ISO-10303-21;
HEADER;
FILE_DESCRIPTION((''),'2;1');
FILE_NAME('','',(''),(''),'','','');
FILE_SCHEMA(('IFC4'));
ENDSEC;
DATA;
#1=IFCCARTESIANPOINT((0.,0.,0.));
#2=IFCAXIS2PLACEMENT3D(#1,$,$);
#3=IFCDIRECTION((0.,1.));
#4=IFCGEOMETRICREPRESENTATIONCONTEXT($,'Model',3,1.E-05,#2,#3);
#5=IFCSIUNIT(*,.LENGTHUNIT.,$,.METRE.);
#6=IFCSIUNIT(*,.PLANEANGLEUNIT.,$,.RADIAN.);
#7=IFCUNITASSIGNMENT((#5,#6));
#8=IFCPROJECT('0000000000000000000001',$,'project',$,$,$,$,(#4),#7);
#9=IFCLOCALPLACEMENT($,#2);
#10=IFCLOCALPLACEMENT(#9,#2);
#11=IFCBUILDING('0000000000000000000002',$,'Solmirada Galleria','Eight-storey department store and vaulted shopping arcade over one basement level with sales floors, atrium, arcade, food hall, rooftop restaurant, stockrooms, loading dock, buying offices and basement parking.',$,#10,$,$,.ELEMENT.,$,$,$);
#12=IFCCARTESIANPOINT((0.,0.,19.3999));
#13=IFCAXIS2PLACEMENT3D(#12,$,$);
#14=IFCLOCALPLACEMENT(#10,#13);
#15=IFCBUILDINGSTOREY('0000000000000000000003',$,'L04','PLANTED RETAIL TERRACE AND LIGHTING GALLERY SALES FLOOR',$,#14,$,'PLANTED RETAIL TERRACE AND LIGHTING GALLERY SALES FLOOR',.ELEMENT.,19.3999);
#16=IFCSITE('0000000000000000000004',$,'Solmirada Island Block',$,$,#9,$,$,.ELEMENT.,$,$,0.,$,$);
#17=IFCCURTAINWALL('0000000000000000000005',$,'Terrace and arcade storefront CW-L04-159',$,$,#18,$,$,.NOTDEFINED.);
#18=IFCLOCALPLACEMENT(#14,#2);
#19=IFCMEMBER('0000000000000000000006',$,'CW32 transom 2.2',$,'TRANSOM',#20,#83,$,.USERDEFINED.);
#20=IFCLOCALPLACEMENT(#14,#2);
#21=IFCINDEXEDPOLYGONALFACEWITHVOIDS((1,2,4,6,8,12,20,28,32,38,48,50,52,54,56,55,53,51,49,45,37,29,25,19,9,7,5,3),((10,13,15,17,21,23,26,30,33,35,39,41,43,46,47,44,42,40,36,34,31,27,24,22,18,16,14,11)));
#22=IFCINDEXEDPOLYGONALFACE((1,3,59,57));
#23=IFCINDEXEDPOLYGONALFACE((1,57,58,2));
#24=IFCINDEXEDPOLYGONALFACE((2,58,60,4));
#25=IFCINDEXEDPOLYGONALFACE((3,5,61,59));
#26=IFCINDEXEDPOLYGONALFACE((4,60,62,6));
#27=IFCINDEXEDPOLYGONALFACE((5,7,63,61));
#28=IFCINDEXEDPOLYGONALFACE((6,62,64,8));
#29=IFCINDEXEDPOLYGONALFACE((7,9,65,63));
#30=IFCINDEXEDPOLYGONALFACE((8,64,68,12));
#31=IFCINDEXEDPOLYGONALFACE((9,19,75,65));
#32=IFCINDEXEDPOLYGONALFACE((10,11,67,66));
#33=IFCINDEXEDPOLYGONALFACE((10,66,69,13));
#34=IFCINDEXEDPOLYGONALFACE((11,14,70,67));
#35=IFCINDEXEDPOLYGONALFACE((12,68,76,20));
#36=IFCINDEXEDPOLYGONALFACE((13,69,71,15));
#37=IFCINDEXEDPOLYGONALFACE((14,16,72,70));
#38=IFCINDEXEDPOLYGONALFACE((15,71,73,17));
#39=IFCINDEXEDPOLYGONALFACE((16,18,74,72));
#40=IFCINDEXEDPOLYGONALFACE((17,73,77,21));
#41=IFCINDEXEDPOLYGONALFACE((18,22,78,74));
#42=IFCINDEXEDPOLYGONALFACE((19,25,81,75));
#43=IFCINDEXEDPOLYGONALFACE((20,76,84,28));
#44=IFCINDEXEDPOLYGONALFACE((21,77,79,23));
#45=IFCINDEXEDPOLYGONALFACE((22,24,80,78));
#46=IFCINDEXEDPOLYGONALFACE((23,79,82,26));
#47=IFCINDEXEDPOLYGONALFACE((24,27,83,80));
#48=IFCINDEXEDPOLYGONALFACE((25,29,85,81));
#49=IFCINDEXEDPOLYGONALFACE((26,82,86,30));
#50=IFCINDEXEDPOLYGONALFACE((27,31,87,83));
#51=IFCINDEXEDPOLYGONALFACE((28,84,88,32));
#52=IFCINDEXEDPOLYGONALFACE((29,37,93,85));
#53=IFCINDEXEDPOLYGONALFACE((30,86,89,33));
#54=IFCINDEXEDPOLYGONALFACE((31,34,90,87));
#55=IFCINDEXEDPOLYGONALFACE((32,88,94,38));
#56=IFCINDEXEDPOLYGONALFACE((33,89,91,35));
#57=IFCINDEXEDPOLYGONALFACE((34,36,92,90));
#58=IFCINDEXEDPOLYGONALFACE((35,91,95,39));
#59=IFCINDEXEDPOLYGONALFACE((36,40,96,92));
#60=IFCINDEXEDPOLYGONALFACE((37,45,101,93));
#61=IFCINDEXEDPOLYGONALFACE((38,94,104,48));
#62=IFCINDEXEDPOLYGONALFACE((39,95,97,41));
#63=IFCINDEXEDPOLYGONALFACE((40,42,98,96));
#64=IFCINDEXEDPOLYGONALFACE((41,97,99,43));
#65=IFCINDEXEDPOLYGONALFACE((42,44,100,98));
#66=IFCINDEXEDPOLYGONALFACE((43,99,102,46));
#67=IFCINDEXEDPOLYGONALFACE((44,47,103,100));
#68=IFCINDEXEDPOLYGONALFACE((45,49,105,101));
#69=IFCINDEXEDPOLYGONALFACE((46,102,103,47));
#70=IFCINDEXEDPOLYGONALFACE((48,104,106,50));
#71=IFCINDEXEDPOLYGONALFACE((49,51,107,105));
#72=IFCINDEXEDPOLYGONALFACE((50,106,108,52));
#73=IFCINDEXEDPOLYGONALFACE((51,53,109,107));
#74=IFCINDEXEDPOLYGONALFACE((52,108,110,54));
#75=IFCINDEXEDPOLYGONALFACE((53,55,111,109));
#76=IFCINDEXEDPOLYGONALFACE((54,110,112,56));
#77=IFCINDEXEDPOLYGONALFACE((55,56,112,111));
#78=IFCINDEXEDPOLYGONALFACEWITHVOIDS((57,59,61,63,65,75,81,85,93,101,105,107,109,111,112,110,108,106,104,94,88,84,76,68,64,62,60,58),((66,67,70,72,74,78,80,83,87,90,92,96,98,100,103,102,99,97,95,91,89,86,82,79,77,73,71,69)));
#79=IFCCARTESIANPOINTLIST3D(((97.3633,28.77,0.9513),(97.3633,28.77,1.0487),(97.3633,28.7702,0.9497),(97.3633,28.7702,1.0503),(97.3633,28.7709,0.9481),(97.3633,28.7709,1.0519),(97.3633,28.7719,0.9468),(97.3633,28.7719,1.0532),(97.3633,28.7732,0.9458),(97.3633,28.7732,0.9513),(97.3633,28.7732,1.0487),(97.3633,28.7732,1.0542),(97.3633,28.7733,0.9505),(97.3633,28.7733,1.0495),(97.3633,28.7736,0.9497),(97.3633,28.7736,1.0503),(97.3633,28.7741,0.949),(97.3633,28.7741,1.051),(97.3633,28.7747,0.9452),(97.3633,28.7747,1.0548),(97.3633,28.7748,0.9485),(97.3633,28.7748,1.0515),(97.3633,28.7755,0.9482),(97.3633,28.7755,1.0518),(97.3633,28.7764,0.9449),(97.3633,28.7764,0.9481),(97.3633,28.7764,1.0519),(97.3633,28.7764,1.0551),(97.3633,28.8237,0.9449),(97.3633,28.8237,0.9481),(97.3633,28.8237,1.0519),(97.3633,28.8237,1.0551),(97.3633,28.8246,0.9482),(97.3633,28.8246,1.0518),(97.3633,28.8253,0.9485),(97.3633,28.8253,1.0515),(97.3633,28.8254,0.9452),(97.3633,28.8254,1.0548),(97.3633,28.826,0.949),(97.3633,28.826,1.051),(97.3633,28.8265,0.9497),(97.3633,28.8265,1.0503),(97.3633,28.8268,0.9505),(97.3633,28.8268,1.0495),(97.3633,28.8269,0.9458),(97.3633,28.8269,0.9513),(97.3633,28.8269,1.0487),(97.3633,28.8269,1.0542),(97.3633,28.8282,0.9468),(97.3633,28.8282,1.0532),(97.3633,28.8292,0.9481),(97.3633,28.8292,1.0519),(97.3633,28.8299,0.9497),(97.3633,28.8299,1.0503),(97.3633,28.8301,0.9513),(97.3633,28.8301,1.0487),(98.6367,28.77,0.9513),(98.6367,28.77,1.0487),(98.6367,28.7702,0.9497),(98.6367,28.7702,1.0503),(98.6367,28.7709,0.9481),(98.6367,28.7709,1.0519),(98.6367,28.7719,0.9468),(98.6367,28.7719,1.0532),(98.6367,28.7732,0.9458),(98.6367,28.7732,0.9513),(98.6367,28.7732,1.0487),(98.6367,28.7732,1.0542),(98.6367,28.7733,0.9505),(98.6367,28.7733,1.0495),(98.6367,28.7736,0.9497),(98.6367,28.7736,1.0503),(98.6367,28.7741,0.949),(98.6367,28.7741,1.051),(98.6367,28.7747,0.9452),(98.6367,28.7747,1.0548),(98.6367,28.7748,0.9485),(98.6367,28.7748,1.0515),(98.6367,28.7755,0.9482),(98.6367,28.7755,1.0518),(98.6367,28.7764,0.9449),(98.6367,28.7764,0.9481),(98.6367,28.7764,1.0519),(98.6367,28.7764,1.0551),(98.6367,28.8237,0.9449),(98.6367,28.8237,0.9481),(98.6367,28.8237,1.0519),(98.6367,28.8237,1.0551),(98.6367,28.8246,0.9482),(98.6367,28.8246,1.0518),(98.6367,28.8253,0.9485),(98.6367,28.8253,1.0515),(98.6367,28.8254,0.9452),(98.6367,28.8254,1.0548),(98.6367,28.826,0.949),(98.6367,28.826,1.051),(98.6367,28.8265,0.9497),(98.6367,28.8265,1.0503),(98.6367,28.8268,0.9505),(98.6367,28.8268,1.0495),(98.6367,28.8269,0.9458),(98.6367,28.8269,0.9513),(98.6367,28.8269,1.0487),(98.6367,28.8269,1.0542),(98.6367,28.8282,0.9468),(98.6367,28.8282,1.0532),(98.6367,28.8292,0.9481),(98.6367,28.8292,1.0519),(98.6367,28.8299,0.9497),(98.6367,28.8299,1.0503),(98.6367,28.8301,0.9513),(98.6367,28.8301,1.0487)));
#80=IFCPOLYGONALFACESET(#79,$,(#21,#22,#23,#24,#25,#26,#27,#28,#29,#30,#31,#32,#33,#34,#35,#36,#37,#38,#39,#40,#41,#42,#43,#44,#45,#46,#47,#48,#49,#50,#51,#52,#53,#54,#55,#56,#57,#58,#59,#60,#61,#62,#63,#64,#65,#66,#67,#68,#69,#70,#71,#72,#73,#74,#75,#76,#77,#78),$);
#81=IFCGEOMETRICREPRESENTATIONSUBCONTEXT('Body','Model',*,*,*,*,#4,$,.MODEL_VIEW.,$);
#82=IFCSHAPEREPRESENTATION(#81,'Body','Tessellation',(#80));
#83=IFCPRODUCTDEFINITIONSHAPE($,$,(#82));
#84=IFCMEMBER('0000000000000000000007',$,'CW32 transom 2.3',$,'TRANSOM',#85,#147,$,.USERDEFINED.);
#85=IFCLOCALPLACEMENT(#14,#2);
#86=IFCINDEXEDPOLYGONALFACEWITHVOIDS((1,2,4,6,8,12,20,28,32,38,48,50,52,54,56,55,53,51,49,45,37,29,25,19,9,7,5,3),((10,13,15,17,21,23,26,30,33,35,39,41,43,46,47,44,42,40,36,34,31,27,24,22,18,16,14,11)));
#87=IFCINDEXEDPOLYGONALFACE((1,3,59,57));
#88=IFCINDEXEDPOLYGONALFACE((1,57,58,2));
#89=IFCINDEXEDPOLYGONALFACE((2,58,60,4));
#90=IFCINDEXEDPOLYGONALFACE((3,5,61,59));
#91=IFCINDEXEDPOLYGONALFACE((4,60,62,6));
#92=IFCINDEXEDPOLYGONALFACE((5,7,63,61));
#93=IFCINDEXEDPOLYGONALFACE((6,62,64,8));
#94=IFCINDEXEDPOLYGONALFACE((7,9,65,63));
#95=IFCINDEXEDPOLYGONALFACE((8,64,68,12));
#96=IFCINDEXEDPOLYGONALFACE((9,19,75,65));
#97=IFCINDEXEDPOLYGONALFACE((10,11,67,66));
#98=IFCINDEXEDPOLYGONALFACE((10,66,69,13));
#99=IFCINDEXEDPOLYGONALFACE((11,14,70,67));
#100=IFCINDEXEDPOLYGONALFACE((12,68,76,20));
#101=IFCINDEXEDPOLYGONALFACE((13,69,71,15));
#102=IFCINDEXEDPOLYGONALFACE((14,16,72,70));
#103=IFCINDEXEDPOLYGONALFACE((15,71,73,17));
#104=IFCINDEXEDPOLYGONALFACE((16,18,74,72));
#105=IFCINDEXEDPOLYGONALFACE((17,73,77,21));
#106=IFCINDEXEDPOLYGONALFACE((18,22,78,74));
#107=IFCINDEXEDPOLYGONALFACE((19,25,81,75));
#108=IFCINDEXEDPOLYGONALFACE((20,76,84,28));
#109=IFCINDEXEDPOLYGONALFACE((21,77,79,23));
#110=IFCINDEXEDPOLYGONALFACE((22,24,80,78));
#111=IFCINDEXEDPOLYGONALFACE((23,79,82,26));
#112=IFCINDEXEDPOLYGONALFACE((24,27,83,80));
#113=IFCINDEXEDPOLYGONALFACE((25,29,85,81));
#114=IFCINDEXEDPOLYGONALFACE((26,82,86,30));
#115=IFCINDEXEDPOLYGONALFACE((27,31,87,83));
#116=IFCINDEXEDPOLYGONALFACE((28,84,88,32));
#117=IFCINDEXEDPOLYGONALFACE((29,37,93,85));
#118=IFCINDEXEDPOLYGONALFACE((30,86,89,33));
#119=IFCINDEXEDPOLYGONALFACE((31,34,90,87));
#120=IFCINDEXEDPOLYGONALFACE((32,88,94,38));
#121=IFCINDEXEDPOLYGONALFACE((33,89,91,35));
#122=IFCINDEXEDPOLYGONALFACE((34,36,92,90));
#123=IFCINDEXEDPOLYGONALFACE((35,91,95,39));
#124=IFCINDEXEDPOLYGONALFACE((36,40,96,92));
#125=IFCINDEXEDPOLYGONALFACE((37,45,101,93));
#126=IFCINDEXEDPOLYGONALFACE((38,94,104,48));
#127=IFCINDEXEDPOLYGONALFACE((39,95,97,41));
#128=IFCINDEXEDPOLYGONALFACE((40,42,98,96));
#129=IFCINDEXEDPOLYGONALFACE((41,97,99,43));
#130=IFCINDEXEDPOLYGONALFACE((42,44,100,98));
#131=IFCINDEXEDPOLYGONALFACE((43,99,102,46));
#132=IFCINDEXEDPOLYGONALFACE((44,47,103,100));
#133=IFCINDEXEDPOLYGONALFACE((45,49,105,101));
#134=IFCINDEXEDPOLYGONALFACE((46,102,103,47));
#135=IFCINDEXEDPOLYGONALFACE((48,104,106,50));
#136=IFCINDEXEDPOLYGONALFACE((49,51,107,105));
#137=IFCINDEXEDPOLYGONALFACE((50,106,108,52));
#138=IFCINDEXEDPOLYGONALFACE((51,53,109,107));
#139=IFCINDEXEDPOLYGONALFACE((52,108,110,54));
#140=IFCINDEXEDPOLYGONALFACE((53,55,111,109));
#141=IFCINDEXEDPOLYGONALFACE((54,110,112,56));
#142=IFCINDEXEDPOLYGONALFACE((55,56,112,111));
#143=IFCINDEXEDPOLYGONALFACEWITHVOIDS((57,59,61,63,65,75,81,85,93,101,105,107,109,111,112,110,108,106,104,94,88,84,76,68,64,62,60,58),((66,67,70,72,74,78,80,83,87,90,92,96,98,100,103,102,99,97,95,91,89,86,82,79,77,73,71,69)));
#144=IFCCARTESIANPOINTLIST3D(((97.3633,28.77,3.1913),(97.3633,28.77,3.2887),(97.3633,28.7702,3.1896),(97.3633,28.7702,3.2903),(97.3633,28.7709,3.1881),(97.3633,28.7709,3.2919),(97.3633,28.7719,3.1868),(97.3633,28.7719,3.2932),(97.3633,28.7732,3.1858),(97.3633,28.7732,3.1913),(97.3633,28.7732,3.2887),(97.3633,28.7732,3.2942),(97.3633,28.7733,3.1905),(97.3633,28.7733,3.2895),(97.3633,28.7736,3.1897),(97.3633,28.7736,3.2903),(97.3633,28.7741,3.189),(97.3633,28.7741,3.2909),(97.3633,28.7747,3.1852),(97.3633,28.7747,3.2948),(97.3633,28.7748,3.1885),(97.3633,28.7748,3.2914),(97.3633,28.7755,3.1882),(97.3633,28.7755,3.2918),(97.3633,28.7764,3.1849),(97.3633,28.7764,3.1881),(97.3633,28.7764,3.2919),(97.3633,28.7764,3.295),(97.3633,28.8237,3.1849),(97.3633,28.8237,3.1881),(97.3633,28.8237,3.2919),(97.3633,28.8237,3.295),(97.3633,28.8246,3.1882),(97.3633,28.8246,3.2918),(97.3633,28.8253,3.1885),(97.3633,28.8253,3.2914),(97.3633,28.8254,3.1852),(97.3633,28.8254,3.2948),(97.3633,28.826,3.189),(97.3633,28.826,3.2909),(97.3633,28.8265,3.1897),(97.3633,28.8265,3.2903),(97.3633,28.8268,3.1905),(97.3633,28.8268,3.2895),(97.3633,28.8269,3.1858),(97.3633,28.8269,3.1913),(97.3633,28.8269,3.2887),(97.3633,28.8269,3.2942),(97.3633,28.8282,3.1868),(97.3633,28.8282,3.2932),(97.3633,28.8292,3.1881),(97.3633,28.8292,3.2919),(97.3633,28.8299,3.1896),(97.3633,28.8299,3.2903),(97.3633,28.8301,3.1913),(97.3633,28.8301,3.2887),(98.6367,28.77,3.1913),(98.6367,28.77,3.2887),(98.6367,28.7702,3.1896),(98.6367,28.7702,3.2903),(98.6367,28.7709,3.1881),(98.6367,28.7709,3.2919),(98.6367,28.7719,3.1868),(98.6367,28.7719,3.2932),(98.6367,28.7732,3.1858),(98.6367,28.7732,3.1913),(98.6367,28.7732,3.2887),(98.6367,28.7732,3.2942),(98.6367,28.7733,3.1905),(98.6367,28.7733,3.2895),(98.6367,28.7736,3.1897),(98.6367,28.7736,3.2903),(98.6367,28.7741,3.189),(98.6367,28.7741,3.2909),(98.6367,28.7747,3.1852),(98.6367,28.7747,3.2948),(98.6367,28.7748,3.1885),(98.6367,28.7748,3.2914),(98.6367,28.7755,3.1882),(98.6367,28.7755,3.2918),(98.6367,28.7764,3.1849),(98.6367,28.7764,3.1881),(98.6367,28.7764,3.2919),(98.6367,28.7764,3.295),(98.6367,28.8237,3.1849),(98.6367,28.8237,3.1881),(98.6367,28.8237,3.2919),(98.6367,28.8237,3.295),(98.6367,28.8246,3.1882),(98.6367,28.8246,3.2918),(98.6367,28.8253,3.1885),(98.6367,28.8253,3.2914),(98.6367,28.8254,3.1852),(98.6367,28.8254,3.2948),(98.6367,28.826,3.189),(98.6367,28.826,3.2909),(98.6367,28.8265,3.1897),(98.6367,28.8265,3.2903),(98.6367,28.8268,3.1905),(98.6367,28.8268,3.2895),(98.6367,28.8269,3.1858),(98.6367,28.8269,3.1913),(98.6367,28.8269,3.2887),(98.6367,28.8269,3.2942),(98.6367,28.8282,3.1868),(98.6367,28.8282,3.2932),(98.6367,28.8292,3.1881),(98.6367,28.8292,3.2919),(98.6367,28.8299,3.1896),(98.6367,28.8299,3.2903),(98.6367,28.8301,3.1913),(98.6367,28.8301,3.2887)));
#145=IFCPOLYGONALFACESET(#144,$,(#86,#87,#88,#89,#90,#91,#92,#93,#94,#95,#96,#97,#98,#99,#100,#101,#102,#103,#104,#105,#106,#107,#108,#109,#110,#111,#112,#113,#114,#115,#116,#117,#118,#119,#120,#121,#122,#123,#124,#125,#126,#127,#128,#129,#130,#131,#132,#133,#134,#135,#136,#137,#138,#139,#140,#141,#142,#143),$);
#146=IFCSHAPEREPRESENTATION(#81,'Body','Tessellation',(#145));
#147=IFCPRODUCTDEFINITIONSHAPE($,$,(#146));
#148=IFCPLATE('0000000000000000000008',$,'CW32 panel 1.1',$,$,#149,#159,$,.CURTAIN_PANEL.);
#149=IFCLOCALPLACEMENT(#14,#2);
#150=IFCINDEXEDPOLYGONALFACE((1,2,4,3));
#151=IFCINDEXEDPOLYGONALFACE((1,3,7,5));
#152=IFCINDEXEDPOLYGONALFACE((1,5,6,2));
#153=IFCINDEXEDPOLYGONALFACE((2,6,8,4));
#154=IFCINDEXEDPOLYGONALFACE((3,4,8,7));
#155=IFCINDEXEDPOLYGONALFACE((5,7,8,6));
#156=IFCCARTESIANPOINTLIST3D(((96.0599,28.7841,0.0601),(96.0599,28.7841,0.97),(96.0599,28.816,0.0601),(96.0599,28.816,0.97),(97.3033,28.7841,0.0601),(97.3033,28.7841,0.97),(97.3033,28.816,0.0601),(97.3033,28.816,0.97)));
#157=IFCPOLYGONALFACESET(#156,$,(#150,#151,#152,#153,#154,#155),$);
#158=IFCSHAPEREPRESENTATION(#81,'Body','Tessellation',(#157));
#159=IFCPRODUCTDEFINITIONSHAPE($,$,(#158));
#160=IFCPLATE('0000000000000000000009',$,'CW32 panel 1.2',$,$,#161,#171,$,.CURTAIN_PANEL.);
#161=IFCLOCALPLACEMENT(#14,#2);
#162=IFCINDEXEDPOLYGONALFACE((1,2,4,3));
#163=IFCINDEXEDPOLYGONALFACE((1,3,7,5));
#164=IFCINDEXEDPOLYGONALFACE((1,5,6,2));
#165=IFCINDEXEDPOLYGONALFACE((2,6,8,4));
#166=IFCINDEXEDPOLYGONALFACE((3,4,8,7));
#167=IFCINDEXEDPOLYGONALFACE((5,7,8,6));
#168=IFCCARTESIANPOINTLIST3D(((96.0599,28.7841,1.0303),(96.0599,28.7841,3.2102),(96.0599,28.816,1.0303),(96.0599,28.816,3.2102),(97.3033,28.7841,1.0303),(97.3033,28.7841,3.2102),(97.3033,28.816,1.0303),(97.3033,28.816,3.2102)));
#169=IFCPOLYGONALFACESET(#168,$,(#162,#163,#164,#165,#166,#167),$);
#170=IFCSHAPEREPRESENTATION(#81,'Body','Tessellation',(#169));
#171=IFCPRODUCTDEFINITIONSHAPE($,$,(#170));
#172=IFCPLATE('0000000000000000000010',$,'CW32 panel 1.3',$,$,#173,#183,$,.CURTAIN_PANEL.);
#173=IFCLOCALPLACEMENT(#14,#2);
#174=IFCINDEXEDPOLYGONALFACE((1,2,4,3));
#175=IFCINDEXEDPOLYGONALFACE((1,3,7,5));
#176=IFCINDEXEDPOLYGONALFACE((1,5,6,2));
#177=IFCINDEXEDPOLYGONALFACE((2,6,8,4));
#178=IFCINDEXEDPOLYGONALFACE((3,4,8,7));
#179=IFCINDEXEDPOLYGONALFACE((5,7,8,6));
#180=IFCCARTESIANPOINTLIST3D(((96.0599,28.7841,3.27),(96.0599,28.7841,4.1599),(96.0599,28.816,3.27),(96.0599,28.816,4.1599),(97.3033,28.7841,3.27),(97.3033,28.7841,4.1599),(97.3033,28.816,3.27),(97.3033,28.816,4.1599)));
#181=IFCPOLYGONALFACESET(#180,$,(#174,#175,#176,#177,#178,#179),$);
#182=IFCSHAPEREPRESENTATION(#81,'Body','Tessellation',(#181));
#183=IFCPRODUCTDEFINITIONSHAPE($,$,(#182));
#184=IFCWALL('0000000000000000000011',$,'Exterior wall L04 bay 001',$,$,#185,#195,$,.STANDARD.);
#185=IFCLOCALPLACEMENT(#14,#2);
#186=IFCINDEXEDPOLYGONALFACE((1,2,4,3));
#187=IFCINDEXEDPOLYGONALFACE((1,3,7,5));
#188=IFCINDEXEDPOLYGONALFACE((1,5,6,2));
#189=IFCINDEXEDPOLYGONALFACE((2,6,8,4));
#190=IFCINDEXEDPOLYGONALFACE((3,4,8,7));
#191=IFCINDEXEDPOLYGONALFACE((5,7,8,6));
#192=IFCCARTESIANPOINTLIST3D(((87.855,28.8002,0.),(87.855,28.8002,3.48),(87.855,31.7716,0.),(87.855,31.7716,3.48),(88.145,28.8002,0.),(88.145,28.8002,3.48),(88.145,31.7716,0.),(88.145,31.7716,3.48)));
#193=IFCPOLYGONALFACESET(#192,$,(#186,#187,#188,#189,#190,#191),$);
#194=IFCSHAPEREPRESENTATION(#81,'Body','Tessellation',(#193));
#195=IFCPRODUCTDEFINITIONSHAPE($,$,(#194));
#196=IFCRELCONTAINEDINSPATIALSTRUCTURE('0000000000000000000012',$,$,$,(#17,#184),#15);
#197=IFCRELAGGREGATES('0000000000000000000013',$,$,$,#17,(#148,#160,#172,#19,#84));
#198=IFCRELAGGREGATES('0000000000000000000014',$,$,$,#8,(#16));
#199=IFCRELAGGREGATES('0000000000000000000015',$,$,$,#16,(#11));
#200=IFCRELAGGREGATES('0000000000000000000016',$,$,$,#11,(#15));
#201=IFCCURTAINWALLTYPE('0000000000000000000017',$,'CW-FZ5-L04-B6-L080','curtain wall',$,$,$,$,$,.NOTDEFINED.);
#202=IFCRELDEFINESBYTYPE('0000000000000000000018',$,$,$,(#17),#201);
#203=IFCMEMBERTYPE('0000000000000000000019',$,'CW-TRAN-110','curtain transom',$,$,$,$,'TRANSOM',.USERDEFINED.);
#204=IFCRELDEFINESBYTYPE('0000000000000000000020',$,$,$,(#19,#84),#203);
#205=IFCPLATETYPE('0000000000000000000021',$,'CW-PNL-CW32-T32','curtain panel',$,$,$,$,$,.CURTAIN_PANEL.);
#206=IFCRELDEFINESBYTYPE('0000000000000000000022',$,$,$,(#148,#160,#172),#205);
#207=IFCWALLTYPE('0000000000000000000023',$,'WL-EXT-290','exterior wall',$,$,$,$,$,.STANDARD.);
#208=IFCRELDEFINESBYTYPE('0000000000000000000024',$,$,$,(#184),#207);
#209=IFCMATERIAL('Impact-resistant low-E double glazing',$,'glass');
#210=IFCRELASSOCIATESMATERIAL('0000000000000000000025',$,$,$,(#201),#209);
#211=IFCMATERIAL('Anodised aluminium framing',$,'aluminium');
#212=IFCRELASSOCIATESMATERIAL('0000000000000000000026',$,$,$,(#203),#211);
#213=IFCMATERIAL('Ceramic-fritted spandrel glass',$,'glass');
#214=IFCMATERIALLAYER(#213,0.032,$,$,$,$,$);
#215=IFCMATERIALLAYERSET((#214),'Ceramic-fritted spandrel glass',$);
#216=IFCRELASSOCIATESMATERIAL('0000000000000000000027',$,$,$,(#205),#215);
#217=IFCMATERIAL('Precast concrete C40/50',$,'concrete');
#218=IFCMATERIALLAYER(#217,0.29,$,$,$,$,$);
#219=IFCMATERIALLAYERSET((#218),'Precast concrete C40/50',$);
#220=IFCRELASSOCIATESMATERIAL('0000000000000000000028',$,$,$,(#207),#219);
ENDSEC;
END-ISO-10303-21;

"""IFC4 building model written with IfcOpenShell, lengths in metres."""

from ifc_helpers import new_model, si_unit, direction, frame, frame_2d, origin, origin_2d, place, context, subcontext, project, spatial, rectangle, hollow_rectangle, extrude, material, layer, layer_set, material_profile, profile_set, type_object, element, aggregate, save


model = new_model("IFC4")

# Units and contexts
model_context = context("Model", 3, precision=1e-05, world=origin(), true_north=direction((0.0, 1.0)))
body_context = subcontext(model_context, "Body", "Model", "MODEL_VIEW")
ifc_project = project(units=[si_unit("LENGTHUNIT", "METRE"), si_unit("PLANEANGLEUNIT", "RADIAN")], contexts=[model_context])

# Site, building, storey
site_placement = place(None, origin())
site = spatial("IfcSite", under=ifc_project, at=site_placement, Name="Solmirada Island Block", CompositionType="ELEMENT", RefElevation=0.0)
building_placement = place(site_placement, origin())
building = spatial("IfcBuilding", under=site, at=building_placement, Name="Solmirada Galleria", Description="Eight-storey department store and vaulted shopping arcade over one basement level with sales floors, atrium, arcade, food hall, rooftop restaurant, stockrooms, loading dock, buying offices and basement parking.", CompositionType="ELEMENT")
storey_placement = place(building_placement, frame((0.0, 0.0, 19.3999)))
storey = spatial("IfcBuildingStorey", under=building, at=storey_placement, Name="L04", Description="PLANTED RETAIL TERRACE AND LIGHTING GALLERY SALES FLOOR", LongName="PLANTED RETAIL TERRACE AND LIGHTING GALLERY SALES FLOOR", CompositionType="ELEMENT", Elevation=19.3999)

# Curtain wall, members, plates
ifc_material_1 = material(Name="Impact-resistant low-E double glazing", Category="glass")
curtain_wall_type = type_object("IfcCurtainWallType", Name="CW-FZ5-L04-B6-L080", Description="curtain wall", PredefinedType="NOTDEFINED", material=ifc_material_1)
curtain_wall_placement = place(storey_placement, origin())
curtain_wall = element("IfcCurtainWall", 1, at=curtain_wall_placement, inside=storey, type_object=curtain_wall_type, Name="Terrace and arcade storefront CW-L04-159", PredefinedType="NOTDEFINED")
ifc_material_2 = material(Name="Anodised aluminium framing", Category="aluminium")
ifc_material_profile_1 = material_profile(ifc_material_2, hollow_rectangle(XDim=0.0601, YDim=0.1101, WallThickness=0.0032, InnerFilletRadius=0.0032, OuterFilletRadius=0.0063, at=origin_2d()), Name="ALU-TRAN-110X60")
ifc_profile_set_1 = profile_set([ifc_material_profile_1], Name="Anodised aluminium framing")
member_type_1 = type_object("IfcMemberType", Name="CW-TRAN-110", Description="curtain transom", ElementType="TRANSOM", PredefinedType="USERDEFINED", material=ifc_profile_set_1)
member_1_placement = place(storey_placement, frame((97.3633, 28.8, 1.0), z_axis=(1.0, 0.0, 0.0), x_axis=(0.0, 1.0, 0.0)))
member_1 = element("IfcMember", 2, at=member_1_placement, type_object=member_type_1, Name="CW32 transom 2.2", ObjectType="TRANSOM", PredefinedType="USERDEFINED", context=body_context, shape_type="SweptSolid", body=[
    extrude(hollow_rectangle(XDim=0.0601, YDim=0.1101, WallThickness=0.0032, InnerFilletRadius=0.0032, OuterFilletRadius=0.0063, at=origin_2d()), origin(), (0.0, 0.0, 1.0), 1.2734),
])
member_2_placement = place(storey_placement, frame((97.3633, 28.8, 3.24), z_axis=(1.0, 0.0, 0.0), x_axis=(0.0, 1.0, 0.0)))
member_2 = element("IfcMember", 3, at=member_2_placement, type_object=member_type_1, Name="CW32 transom 2.3", ObjectType="TRANSOM", PredefinedType="USERDEFINED", context=body_context, shape_type="SweptSolid", body=[
    extrude(hollow_rectangle(XDim=0.0601, YDim=0.1101, WallThickness=0.0032, InnerFilletRadius=0.0032, OuterFilletRadius=0.0063, at=origin_2d()), origin(), (0.0, 0.0, 1.0), 1.2734),
])
ifc_material_3 = material(Name="Ceramic-fritted spandrel glass", Category="glass")
ifc_layer_1 = layer(ifc_material_3, 0.032)
ifc_layer_set_1 = layer_set([ifc_layer_1], Name="Ceramic-fritted spandrel glass")
plate_type = type_object("IfcPlateType", Name="CW-PNL-CW32-T32", Description="curtain panel", PredefinedType="CURTAIN_PANEL", material=ifc_layer_set_1)
plate_1_placement = place(storey_placement, frame((96.6816, 28.8, 0.0601), z_axis=(0.0, 0.0, 1.0), x_axis=(1.0, 0.0, 0.0)))
plate_1 = element("IfcPlate", 4, at=plate_1_placement, type_object=plate_type, Name="CW32 panel 1.1", PredefinedType="CURTAIN_PANEL", context=body_context, shape_type="SweptSolid", body=[
    extrude(rectangle(XDim=1.2434, YDim=0.032, at=origin_2d()), origin(), (0.0, 0.0, 1.0), 0.9099),
])
plate_2_placement = place(storey_placement, frame((96.6816, 28.8, 1.0303), z_axis=(0.0, 0.0, 1.0), x_axis=(1.0, 0.0, 0.0)))
plate_2 = element("IfcPlate", 5, at=plate_2_placement, type_object=plate_type, Name="CW32 panel 1.2", PredefinedType="CURTAIN_PANEL", context=body_context, shape_type="SweptSolid", body=[
    extrude(rectangle(XDim=1.2434, YDim=0.032, at=origin_2d()), origin(), (0.0, 0.0, 1.0), 2.1799),
])
plate_3_placement = place(storey_placement, frame((96.6816, 28.8, 3.27), z_axis=(0.0, 0.0, 1.0), x_axis=(1.0, 0.0, 0.0)))
plate_3 = element("IfcPlate", 6, at=plate_3_placement, type_object=plate_type, Name="CW32 panel 1.3", PredefinedType="CURTAIN_PANEL", context=body_context, shape_type="SweptSolid", body=[
    extrude(rectangle(XDim=1.2434, YDim=0.032, at=origin_2d()), origin(), (0.0, 0.0, 1.0), 0.8899),
])
aggregate(curtain_wall, [plate_1, plate_2, plate_3, member_1, member_2])

# Wall
ifc_material_4 = material(Name="Precast concrete C40/50", Category="concrete")
ifc_layer_2 = layer(ifc_material_4, 0.29)
ifc_layer_set_2 = layer_set([ifc_layer_2], Name="Precast concrete C40/50")
wall_type_1 = type_object("IfcWallType", Name="WL-EXT-290", Description="exterior wall", PredefinedType="STANDARD", material=ifc_layer_set_2)
for number, where, z_axis, x_axis, name in (
    (7, (88.0, 28.8, 0.0), (0.0, 0.0, 1.0), (0.0, 1.0, 0.0), "Exterior wall L04 bay 001"),
):
    element("IfcWall", number, at=place(storey_placement, frame(where, z_axis=z_axis, x_axis=x_axis)), inside=storey, type_object=wall_type_1, Name=name, PredefinedType="STANDARD", context=body_context, shape_type="SweptSolid", body=[
        extrude(rectangle(XDim=2.9714, YDim=0.29, at=frame_2d((1.4858, 0.0))), origin(), (0.0, 0.0, 1.0), 3.48),
    ])

save(model, "model.ifc")
